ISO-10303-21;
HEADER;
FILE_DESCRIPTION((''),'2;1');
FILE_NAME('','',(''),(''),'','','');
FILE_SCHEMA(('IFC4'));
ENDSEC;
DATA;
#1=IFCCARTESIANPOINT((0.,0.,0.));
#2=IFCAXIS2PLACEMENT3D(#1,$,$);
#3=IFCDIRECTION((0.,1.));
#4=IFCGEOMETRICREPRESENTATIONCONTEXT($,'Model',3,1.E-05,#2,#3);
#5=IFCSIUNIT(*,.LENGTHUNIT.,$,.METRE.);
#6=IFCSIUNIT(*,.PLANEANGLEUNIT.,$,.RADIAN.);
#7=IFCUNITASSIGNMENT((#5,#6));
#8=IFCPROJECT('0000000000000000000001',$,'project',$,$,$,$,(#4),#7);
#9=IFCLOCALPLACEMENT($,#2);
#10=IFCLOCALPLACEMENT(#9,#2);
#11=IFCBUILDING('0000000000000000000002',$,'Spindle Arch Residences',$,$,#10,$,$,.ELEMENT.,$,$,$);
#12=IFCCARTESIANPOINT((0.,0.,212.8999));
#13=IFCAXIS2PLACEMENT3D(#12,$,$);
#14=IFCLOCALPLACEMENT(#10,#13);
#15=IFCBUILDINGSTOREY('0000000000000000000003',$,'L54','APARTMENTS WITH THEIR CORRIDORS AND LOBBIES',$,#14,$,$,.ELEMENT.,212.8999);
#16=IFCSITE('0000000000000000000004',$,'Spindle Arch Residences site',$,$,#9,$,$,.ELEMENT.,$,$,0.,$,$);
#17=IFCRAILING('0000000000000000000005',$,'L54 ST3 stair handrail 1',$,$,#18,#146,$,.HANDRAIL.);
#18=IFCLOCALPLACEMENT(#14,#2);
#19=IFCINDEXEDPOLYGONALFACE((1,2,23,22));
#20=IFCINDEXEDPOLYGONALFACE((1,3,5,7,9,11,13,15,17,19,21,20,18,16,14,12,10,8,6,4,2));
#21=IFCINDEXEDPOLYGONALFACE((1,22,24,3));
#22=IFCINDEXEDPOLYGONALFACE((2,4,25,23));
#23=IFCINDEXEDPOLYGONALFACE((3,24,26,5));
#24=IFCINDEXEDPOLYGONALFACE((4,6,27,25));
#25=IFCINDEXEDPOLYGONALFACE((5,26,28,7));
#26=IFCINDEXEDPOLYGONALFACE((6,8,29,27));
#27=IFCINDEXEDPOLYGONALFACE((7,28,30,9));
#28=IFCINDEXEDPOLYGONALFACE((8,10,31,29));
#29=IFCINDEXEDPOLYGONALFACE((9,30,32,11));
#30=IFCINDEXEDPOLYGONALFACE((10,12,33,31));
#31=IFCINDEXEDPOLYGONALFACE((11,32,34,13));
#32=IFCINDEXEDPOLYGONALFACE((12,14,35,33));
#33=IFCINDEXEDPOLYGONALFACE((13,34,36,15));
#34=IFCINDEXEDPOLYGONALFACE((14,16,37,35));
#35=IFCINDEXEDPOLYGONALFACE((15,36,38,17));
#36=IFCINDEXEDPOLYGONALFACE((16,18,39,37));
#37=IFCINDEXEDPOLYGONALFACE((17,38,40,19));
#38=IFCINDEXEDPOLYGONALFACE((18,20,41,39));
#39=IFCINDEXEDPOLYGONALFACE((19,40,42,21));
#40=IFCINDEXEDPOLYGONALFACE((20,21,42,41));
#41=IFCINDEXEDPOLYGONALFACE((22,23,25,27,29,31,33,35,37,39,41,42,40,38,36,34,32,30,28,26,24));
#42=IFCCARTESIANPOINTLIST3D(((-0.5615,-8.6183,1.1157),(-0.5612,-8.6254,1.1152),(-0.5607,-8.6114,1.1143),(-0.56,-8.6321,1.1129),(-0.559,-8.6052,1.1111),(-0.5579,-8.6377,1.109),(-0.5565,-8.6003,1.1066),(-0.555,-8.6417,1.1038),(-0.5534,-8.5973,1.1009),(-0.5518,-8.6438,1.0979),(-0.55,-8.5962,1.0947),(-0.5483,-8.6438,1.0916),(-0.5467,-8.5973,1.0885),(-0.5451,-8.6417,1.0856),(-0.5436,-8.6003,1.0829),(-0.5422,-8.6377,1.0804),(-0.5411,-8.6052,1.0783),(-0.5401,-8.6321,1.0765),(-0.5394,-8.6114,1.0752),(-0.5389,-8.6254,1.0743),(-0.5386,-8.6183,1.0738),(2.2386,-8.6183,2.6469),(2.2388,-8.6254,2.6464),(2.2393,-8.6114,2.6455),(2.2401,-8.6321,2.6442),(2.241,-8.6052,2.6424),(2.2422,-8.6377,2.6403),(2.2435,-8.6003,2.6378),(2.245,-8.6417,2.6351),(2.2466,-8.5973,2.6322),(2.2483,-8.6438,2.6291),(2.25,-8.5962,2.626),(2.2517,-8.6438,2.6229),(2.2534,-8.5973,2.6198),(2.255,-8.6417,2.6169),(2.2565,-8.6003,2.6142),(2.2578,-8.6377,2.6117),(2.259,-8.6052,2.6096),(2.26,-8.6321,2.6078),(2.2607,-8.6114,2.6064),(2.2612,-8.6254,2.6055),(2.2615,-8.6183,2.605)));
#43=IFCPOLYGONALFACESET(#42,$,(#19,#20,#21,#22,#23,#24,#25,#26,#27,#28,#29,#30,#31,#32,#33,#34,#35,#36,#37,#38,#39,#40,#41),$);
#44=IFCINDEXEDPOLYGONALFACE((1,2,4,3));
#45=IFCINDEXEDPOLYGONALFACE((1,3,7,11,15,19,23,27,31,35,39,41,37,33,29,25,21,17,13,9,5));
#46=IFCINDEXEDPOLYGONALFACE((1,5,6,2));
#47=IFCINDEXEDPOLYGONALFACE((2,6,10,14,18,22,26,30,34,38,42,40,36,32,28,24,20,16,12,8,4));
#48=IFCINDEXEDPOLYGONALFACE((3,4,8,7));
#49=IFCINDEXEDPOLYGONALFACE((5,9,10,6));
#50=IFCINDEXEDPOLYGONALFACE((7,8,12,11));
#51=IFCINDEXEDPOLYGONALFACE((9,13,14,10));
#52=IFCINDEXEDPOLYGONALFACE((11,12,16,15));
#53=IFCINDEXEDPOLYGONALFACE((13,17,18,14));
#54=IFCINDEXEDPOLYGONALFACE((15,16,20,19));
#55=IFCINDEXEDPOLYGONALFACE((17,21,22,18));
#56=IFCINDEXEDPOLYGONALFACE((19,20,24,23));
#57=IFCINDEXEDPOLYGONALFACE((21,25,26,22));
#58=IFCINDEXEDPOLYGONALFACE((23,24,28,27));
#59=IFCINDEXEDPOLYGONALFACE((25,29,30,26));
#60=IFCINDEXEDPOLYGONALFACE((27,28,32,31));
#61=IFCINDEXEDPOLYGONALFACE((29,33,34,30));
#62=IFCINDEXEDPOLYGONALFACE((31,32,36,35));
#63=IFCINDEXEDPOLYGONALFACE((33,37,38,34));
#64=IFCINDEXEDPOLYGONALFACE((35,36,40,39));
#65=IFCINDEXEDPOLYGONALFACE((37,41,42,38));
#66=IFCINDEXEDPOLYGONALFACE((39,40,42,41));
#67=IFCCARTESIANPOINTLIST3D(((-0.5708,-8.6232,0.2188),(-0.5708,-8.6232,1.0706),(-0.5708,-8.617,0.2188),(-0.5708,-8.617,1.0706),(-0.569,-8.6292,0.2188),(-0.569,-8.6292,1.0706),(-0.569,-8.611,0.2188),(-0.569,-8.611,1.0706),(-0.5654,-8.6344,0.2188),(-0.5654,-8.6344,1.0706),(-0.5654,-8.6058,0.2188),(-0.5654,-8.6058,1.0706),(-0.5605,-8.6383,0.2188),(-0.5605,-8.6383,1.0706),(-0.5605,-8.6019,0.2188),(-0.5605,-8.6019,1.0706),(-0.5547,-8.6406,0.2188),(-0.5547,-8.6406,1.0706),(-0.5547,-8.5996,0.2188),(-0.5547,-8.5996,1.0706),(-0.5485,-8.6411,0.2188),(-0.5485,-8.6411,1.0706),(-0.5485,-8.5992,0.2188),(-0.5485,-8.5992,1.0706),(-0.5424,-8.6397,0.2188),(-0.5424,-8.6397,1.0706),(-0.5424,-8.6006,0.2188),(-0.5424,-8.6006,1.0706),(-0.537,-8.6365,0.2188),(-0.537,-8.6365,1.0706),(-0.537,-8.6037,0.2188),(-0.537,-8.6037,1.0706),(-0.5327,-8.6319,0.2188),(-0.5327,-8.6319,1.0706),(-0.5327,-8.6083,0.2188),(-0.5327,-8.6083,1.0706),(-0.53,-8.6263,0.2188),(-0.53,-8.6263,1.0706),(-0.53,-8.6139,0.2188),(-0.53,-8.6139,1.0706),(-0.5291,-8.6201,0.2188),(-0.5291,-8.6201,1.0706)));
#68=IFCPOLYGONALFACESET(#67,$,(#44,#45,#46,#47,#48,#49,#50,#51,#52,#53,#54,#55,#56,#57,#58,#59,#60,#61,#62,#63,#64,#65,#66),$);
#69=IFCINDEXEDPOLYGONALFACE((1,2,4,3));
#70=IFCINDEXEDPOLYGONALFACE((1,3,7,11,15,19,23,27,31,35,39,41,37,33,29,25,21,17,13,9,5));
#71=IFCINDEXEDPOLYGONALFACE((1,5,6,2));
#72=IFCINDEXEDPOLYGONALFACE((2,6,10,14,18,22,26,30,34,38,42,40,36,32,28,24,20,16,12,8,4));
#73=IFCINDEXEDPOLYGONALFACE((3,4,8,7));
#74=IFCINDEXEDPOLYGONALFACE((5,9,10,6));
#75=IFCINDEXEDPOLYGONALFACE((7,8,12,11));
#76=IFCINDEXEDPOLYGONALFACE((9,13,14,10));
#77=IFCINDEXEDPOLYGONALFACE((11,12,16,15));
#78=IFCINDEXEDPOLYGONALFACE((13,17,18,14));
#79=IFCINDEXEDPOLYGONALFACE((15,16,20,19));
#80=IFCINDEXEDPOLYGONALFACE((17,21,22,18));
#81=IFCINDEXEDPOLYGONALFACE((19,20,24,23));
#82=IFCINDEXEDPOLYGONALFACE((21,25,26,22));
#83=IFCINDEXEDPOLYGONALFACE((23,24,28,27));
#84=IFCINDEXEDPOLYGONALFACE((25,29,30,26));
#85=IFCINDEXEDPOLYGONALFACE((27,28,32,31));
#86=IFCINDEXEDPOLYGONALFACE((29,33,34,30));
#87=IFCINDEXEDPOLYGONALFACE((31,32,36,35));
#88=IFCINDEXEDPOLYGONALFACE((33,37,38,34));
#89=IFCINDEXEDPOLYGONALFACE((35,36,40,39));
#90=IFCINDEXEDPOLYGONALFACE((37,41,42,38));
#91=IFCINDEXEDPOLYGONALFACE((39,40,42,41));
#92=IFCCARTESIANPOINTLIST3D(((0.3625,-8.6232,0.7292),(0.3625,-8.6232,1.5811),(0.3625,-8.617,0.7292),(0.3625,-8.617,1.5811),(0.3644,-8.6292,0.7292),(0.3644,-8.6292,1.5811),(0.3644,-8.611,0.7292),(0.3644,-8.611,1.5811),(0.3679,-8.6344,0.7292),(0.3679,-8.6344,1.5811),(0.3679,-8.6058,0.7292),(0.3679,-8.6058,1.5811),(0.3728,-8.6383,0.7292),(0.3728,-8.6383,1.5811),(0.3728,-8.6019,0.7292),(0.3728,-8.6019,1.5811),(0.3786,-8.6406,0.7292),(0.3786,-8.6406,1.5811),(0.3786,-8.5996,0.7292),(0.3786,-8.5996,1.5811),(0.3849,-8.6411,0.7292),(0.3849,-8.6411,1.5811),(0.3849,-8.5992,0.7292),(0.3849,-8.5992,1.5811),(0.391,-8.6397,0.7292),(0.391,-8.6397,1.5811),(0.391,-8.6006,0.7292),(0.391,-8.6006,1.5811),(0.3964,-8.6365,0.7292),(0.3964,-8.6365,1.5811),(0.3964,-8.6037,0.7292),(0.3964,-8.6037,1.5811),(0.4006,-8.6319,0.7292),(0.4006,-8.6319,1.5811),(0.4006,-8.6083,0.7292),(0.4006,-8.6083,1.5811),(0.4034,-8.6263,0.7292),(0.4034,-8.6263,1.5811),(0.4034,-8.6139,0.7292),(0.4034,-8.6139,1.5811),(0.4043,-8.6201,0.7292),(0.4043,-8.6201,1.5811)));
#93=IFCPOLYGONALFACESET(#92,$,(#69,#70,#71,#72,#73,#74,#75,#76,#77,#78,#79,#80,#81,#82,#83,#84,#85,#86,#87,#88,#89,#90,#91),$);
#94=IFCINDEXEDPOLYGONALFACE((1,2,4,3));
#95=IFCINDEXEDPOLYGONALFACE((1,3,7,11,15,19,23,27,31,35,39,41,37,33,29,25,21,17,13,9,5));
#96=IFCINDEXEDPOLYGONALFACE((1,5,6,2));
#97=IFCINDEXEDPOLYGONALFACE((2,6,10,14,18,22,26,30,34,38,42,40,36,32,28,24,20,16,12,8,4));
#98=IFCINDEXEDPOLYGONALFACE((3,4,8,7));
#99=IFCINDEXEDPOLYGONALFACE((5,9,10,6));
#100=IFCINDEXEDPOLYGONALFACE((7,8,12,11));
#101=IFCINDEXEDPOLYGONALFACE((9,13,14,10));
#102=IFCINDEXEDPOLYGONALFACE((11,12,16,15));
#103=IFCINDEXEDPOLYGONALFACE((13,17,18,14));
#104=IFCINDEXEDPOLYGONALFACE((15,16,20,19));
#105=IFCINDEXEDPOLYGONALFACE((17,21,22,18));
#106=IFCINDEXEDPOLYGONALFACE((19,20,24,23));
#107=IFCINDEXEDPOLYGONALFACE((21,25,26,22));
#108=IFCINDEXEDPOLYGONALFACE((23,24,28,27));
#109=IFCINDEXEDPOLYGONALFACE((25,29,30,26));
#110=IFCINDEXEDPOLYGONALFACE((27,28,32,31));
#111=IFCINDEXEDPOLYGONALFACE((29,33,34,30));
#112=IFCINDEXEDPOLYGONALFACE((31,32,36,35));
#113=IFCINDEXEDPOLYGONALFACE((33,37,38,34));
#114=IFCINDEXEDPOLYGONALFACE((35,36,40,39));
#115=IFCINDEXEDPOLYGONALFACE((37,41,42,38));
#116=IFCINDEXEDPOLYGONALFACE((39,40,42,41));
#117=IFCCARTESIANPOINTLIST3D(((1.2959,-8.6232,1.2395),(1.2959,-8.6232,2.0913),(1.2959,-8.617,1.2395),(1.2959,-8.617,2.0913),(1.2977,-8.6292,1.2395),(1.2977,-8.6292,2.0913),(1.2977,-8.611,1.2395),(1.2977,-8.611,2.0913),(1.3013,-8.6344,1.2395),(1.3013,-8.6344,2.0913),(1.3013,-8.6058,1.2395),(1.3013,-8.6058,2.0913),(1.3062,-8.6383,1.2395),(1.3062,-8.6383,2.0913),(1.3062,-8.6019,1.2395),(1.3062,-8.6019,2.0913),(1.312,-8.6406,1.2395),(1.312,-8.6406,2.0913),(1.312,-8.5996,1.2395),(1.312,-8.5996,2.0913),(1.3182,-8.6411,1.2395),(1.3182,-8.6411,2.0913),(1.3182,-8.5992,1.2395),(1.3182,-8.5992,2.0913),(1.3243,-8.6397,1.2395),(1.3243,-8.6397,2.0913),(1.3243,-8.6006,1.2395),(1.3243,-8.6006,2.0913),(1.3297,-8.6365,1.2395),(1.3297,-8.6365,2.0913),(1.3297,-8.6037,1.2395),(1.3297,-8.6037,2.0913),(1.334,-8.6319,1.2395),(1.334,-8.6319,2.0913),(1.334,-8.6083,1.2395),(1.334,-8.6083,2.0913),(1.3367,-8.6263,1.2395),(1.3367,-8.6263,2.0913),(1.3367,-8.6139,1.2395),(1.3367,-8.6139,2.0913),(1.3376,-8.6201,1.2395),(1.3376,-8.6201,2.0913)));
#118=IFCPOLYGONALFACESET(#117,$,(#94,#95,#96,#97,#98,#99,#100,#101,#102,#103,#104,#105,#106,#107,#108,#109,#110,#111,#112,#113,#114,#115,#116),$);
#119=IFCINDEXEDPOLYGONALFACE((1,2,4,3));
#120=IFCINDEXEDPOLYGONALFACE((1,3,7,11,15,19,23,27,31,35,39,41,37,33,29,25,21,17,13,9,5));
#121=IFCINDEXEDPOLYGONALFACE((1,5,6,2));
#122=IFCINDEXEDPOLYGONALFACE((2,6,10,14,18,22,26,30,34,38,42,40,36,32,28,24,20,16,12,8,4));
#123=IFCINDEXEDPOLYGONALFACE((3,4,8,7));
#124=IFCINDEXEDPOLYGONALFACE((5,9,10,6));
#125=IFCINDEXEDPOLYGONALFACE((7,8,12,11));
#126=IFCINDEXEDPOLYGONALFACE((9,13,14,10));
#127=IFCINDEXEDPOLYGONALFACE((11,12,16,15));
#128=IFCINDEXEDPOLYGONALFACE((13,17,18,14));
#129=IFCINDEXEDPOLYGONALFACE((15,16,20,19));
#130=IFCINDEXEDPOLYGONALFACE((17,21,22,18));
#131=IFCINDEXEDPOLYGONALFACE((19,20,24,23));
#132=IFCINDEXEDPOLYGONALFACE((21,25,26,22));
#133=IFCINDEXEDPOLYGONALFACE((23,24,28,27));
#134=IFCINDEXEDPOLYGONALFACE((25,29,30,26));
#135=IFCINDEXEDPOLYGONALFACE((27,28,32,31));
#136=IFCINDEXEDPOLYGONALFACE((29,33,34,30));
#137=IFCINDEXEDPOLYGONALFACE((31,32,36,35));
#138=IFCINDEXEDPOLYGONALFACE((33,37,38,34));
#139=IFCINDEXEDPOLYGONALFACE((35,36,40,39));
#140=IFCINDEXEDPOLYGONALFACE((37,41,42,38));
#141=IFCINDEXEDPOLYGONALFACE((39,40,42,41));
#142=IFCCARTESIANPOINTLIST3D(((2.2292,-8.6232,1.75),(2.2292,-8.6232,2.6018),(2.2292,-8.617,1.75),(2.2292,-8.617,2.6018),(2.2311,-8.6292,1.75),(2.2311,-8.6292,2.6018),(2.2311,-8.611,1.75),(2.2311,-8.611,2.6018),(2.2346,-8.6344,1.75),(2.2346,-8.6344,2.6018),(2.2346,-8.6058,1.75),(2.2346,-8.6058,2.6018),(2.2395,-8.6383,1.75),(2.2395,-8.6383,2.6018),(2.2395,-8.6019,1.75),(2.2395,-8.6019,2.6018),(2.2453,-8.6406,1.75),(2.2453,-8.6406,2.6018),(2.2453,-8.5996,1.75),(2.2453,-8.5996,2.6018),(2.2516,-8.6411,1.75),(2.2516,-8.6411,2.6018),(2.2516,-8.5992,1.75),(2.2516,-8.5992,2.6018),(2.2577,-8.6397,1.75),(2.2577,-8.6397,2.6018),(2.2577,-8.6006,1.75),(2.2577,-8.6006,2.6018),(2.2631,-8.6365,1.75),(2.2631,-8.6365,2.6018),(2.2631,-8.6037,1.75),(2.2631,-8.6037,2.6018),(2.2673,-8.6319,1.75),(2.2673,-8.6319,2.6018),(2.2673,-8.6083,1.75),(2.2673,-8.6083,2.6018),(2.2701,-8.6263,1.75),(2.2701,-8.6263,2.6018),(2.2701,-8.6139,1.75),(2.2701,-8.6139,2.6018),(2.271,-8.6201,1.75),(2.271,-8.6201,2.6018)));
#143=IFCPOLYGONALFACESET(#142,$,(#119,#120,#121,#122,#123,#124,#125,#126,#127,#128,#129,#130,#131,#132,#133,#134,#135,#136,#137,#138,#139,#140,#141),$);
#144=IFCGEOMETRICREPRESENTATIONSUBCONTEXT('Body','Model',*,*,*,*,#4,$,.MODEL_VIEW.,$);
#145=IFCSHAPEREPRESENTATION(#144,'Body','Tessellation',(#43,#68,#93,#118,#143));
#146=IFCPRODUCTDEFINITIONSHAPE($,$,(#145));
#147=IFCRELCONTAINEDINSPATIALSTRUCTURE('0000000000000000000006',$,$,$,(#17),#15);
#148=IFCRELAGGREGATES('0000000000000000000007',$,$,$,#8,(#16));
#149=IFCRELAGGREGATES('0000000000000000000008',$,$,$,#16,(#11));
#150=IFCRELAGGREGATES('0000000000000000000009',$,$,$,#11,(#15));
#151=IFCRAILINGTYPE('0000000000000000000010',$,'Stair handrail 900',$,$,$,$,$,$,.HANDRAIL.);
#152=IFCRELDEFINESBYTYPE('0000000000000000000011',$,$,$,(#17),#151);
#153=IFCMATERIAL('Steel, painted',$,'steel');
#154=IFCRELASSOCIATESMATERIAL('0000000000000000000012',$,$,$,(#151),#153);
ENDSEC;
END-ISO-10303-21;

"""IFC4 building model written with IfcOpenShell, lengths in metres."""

from ifc_helpers import new_model, si_unit, direction, frame, origin, origin_2d, place, context, subcontext, project, spatial, circle, extrude, material, type_object, element, save


model = new_model("IFC4")

# Units and contexts
model_context = context("Model", 3, precision=1e-05, world=origin(), true_north=direction((0.0, 1.0)))
body_context = subcontext(model_context, "Body", "Model", "MODEL_VIEW")
ifc_project = project(units=[si_unit("LENGTHUNIT", "METRE"), si_unit("PLANEANGLEUNIT", "RADIAN")], contexts=[model_context])

# Site, building, storey
site_placement = place(None, origin())
site = spatial("IfcSite", under=ifc_project, at=site_placement, Name="Spindle Arch Residences site", CompositionType="ELEMENT", RefElevation=0.0)
building_placement = place(site_placement, origin())
building = spatial("IfcBuilding", under=site, at=building_placement, Name="Spindle Arch Residences", CompositionType="ELEMENT")
storey_placement = place(building_placement, frame((0.0, 0.0, 212.8999)))
storey = spatial("IfcBuildingStorey", under=building, at=storey_placement, Name="L54", Description="APARTMENTS WITH THEIR CORRIDORS AND LOBBIES", CompositionType="ELEMENT", Elevation=212.8999)

# Railing
ifc_material_1 = material(Name="Steel, painted", Category="steel")
railing_type_1 = type_object("IfcRailingType", Name="Stair handrail 900", PredefinedType="HANDRAIL", material=ifc_material_1)
railing_1_placement = place(storey_placement, frame((-0.55, -8.6201, 0.2188)))
element("IfcRailing", 1, at=railing_1_placement, inside=storey, type_object=railing_type_1, Name="L54 ST3 stair handrail 1", PredefinedType="HANDRAIL", context=body_context, shape_type="SweptSolid", body=[
    extrude(circle(Radius=0.0239, at=origin_2d()), frame((0.0, 0.0, 0.876), z_axis=(0.877375, 0.0, 0.479806), x_axis=(0.0, 1.0, 0.0)), (0.0, 0.0, 1.0), 3.1914),
    extrude(circle(Radius=0.021, at=origin_2d()), origin(), (0.0, 0.0, 1.0), 0.8518),
    extrude(circle(Radius=0.021, at=origin_2d()), frame((0.9333, 0.0, 0.5105)), (0.0, 0.0, 1.0), 0.8518),
    extrude(circle(Radius=0.021, at=origin_2d()), frame((1.8667, 0.0, 1.0208)), (0.0, 0.0, 1.0), 0.8518),
    extrude(circle(Radius=0.021, at=origin_2d()), frame((2.8, 0.0, 1.5312)), (0.0, 0.0, 1.0), 0.8518),
])

save(model, "model.ifc")
